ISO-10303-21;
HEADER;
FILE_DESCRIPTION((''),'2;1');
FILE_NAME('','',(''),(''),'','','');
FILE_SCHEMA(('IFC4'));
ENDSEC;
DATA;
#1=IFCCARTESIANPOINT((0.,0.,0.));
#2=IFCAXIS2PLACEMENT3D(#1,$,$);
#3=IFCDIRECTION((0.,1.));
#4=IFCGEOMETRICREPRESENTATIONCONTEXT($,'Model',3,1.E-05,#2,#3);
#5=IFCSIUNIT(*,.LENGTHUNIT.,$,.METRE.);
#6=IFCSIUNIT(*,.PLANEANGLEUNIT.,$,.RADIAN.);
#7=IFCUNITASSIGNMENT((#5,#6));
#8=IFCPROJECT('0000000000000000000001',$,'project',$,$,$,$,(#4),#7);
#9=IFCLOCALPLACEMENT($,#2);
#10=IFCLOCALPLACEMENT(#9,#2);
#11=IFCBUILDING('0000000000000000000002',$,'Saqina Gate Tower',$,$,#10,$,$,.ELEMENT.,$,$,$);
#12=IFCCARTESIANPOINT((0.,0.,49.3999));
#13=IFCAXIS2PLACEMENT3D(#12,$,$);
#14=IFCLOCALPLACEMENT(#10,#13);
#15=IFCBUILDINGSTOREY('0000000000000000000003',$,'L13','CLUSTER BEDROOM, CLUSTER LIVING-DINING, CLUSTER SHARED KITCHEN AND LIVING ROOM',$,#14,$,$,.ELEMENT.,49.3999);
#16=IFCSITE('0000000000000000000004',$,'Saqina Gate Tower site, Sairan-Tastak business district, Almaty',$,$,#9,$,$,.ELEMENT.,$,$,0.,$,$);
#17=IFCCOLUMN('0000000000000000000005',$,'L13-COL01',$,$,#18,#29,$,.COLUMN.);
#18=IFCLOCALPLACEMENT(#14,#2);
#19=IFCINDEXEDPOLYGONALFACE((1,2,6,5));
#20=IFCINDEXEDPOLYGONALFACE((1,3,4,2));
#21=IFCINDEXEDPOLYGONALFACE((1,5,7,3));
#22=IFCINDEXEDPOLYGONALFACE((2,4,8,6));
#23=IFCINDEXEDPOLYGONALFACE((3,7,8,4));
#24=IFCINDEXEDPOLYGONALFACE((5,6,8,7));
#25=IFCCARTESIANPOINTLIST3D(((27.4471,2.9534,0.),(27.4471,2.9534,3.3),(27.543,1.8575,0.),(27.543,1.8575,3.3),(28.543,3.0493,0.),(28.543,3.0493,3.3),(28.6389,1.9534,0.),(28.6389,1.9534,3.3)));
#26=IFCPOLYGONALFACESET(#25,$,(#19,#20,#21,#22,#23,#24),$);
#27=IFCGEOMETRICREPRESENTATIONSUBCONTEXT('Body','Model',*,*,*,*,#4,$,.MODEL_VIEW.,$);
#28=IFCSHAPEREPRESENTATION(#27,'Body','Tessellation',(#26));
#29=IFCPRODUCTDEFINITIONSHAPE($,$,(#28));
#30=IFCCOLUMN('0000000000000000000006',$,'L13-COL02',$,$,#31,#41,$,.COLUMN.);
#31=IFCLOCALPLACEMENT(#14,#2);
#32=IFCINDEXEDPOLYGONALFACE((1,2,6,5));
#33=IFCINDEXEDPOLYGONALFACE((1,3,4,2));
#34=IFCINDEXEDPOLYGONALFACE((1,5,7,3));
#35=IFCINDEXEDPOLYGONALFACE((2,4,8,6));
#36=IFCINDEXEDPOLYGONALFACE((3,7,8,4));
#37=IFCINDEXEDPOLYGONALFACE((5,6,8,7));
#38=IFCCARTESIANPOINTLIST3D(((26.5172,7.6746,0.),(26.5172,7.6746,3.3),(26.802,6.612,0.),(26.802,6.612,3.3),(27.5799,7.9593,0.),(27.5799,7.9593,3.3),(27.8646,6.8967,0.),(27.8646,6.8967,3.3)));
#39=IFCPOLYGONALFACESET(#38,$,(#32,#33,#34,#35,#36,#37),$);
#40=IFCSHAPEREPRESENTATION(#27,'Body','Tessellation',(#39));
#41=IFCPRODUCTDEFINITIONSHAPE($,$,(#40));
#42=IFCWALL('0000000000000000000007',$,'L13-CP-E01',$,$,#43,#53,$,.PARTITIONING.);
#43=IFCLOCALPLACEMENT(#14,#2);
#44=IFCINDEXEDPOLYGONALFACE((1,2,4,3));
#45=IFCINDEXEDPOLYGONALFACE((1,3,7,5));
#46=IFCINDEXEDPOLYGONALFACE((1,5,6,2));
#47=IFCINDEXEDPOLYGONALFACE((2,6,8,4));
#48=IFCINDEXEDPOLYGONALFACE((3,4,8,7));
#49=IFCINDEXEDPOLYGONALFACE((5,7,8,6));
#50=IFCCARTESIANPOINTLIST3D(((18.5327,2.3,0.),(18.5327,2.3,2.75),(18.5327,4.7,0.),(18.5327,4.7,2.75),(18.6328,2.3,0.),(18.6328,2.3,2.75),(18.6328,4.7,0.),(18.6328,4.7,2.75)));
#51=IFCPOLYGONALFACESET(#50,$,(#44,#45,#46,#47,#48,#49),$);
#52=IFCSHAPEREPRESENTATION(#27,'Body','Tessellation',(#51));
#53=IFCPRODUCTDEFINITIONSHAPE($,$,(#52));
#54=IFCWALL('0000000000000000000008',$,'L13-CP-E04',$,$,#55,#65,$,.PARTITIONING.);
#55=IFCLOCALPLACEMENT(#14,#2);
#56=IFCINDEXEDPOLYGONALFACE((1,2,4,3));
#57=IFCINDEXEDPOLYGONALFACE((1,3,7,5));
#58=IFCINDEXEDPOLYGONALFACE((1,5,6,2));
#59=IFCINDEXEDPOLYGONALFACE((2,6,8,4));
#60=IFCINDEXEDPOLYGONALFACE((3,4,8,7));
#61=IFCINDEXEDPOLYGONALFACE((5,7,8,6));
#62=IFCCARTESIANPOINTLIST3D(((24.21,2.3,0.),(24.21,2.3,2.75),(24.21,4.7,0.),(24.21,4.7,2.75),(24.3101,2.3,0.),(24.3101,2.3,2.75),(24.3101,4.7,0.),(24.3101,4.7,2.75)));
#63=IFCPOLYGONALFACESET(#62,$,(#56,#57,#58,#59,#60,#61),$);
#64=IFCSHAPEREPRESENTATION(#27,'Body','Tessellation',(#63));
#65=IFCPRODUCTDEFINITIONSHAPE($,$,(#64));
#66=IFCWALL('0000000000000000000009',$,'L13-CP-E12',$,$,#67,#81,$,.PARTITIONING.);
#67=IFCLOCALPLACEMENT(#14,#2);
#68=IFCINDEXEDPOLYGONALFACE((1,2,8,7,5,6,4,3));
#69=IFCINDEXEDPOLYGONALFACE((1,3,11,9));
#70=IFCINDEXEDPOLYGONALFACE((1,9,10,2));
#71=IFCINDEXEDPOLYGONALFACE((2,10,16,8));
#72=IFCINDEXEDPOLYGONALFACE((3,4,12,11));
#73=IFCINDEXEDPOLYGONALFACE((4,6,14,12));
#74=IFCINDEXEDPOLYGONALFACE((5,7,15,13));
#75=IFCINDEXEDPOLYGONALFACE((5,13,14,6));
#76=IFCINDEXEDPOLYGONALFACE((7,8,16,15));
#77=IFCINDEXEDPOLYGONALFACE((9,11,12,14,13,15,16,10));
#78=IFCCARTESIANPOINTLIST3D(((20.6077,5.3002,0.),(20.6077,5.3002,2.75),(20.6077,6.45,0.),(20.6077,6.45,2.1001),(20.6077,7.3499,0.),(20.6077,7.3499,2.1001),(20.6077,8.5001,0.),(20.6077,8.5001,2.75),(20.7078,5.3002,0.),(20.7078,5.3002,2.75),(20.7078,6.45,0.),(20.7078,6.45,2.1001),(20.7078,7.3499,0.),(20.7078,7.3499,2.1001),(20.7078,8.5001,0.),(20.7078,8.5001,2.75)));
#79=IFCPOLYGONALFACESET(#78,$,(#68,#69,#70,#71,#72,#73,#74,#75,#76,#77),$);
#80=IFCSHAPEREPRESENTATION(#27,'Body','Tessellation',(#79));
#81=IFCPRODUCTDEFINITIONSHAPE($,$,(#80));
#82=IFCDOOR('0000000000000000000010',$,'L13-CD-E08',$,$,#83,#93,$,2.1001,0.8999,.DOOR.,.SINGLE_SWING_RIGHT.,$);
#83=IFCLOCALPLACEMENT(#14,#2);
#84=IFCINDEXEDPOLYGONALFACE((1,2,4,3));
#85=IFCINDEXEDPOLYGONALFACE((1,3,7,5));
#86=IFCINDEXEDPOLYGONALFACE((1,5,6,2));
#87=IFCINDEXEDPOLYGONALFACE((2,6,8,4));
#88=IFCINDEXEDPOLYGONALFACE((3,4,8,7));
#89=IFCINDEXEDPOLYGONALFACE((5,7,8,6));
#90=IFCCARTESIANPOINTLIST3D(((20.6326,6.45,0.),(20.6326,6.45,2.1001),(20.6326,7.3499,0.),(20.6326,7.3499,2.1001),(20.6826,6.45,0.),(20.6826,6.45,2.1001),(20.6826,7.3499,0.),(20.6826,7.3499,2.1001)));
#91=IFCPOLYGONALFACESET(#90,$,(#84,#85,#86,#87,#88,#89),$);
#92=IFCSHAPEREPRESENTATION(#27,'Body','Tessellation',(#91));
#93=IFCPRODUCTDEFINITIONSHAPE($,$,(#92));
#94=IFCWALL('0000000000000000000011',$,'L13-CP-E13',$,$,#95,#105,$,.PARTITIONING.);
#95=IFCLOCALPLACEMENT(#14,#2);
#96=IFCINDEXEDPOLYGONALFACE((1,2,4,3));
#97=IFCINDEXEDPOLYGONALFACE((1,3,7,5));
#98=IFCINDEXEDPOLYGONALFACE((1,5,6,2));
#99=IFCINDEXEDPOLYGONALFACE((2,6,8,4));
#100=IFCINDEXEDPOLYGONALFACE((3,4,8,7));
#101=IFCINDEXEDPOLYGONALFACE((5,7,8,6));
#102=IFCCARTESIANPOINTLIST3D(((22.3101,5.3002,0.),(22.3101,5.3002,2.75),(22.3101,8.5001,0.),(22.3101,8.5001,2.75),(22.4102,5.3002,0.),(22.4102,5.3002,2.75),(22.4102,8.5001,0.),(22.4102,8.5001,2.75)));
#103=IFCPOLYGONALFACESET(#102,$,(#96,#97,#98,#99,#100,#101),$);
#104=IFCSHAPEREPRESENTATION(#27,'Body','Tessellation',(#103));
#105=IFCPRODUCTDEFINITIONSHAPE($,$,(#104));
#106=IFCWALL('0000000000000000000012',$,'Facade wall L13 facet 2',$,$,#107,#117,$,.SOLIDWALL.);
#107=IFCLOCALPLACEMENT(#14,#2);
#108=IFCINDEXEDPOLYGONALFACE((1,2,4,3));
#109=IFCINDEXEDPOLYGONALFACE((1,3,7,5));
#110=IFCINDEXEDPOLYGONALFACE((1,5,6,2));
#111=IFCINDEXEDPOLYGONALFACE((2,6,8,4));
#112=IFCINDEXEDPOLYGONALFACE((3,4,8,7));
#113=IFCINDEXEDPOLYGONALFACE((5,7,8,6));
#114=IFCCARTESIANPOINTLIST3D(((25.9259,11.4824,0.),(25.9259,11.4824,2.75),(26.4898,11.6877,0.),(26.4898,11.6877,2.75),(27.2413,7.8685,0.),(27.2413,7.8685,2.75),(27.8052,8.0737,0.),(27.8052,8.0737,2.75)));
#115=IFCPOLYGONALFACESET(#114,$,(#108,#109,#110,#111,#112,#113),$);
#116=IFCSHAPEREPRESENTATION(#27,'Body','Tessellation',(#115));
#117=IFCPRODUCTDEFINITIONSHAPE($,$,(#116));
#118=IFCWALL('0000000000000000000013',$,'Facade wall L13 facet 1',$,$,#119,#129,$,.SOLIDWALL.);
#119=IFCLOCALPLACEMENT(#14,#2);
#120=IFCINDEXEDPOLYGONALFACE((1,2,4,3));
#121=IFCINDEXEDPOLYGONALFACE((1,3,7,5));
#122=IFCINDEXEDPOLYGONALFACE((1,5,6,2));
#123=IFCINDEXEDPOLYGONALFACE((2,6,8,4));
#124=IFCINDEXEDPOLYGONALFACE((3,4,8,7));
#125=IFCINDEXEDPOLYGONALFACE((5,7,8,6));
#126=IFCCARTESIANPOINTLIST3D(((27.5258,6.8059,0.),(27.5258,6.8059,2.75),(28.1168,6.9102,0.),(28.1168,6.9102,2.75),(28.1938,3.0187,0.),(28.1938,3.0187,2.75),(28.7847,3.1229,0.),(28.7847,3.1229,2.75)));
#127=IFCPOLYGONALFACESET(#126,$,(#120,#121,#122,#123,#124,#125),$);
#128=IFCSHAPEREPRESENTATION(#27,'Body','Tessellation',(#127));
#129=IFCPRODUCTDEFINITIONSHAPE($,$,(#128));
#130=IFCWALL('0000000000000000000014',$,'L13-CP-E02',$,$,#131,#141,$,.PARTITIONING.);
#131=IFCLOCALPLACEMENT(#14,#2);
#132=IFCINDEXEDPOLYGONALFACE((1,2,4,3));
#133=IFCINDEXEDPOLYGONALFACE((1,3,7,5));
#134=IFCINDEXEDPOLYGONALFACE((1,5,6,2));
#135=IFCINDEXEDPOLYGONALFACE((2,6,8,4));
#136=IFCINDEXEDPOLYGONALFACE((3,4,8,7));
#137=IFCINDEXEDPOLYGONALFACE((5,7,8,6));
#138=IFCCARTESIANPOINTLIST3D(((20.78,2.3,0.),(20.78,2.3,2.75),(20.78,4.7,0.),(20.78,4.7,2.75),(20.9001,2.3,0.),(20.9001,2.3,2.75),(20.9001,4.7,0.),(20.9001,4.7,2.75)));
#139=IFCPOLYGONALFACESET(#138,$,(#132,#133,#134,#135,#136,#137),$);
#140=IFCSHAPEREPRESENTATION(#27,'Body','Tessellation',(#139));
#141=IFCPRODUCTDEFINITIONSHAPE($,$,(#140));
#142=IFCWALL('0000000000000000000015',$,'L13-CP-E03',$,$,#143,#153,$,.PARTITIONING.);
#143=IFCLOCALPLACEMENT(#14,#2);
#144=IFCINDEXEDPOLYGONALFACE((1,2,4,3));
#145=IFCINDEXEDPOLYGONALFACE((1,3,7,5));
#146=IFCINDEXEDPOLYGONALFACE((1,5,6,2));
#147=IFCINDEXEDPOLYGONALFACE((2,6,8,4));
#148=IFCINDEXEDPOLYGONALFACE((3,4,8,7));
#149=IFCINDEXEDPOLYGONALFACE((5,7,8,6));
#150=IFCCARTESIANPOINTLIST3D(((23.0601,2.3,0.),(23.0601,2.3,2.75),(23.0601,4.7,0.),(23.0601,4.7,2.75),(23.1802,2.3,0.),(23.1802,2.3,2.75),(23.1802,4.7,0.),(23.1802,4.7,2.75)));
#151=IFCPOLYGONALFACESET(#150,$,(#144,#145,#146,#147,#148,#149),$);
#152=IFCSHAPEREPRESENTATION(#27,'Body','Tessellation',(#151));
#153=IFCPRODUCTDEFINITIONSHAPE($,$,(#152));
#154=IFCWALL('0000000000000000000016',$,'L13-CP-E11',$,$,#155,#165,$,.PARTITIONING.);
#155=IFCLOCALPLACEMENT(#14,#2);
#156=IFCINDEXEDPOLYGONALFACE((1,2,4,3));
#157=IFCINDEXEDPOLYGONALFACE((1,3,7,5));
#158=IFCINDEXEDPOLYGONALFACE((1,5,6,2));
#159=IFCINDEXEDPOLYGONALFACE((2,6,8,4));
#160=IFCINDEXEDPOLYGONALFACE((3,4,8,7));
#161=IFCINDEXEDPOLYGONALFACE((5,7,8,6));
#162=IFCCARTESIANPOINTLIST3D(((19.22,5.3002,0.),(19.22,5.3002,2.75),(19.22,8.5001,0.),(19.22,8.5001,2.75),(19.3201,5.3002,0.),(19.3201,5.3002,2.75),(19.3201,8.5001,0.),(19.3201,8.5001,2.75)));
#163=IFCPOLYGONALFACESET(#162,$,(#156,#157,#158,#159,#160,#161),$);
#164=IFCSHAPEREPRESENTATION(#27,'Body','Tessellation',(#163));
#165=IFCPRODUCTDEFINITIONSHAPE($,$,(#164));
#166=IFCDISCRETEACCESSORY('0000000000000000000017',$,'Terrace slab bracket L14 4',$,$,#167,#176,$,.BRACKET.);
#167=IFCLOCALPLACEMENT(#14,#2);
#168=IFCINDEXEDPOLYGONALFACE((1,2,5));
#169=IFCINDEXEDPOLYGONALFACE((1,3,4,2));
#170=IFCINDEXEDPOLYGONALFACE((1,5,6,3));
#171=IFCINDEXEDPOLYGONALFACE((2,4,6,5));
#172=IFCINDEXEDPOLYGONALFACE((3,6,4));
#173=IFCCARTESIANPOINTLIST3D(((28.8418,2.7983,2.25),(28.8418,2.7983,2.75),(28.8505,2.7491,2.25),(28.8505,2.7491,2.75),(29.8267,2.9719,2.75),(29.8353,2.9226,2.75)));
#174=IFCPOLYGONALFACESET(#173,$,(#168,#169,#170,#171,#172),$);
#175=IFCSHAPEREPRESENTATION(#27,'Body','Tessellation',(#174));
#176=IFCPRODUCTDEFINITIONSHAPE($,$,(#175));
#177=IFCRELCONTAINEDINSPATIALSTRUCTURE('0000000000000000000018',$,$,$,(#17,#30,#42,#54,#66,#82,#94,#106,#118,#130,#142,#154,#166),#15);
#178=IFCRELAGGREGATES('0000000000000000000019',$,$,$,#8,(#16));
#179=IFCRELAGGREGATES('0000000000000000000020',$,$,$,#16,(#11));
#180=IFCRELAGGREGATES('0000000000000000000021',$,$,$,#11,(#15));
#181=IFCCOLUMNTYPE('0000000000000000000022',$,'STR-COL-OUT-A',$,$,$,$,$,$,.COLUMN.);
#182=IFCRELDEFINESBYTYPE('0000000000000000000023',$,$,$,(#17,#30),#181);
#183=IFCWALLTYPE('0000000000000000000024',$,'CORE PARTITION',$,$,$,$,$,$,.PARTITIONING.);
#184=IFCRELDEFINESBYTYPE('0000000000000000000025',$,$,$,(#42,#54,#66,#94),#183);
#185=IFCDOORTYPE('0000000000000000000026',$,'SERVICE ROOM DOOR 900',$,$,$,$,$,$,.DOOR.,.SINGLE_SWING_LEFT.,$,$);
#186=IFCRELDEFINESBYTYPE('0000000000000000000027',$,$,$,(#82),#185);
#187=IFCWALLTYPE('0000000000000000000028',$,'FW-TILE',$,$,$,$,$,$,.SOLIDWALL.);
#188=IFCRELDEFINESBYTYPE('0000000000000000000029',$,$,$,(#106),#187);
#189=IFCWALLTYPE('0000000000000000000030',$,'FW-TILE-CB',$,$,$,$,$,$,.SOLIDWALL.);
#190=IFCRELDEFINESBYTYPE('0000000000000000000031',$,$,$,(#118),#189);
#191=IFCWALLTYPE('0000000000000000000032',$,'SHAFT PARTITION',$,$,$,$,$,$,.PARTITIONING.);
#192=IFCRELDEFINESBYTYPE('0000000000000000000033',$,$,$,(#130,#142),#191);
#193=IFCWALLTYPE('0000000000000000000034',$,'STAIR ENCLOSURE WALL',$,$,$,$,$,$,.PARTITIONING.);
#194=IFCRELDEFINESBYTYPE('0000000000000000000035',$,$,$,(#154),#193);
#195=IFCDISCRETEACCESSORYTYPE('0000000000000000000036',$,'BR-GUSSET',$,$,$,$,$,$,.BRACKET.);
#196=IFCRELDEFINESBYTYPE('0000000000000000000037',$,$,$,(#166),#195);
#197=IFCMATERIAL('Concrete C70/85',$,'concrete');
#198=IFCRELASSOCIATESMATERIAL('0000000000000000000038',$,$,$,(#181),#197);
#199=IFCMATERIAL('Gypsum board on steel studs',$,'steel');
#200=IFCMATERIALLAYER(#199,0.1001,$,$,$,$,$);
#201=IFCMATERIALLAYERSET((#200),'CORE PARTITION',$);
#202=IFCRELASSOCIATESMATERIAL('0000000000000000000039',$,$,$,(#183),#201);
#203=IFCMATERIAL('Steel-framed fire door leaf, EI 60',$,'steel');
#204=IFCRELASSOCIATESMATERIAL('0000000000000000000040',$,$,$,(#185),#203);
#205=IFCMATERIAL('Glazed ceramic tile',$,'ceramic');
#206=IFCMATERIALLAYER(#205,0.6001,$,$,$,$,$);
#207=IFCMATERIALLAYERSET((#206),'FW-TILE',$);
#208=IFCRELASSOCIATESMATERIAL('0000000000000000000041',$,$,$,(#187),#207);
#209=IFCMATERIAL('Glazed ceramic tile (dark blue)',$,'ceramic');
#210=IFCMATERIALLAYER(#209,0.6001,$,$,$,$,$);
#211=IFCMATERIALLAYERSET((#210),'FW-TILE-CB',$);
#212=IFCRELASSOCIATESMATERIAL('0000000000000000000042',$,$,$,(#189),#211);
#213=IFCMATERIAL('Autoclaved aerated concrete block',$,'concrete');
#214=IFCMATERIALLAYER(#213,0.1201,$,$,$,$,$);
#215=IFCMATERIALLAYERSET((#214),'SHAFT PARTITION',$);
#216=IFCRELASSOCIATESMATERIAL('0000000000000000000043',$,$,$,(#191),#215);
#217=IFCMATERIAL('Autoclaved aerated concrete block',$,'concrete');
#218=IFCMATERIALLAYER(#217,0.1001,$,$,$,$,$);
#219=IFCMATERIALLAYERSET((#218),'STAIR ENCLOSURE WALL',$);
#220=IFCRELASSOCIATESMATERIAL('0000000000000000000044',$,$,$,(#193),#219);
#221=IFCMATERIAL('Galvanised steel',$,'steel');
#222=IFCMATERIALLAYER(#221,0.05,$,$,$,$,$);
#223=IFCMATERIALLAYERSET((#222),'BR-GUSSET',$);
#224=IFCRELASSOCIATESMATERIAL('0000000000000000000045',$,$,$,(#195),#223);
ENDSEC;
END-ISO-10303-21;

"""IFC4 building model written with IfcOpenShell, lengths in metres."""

from ifc_helpers import new_model, si_unit, direction, frame, frame_2d, origin, origin_2d, place, context, subcontext, project, spatial, polyline, rectangle, outline, extrude, material, layer, layer_set, material_profile, profile_set, type_object, element, fill, save


model = new_model("IFC4")

# Units and contexts
model_context = context("Model", 3, precision=1e-05, world=origin(), true_north=direction((0.0, 1.0)))
body_context = subcontext(model_context, "Body", "Model", "MODEL_VIEW")
ifc_project = project(units=[si_unit("LENGTHUNIT", "METRE"), si_unit("PLANEANGLEUNIT", "RADIAN")], contexts=[model_context])

# Site, building, storey
site_placement = place(None, origin())
site = spatial("IfcSite", under=ifc_project, at=site_placement, Name="Saqina Gate Tower site, Sairan-Tastak business district, Almaty", CompositionType="ELEMENT", RefElevation=0.0)
building_placement = place(site_placement, origin())
building = spatial("IfcBuilding", under=site, at=building_placement, Name="Saqina Gate Tower", CompositionType="ELEMENT")
storey_placement = place(building_placement, frame((0.0, 0.0, 49.3999)))
storey = spatial("IfcBuildingStorey", under=building, at=storey_placement, Name="L13", Description="CLUSTER BEDROOM, CLUSTER LIVING-DINING, CLUSTER SHARED KITCHEN AND LIVING ROOM", CompositionType="ELEMENT", Elevation=49.3999)

# Columns
ifc_material_1 = material(Name="Concrete C70/85", Category="concrete")
ifc_material_profile = material_profile(ifc_material_1, rectangle(XDim=1.1001, YDim=1.1001, at=origin_2d()), Name="RC 1100x1100")
ifc_profile_set = profile_set([ifc_material_profile], Name="Concrete C70/85")
column_type = type_object("IfcColumnType", Name="STR-COL-OUT-A", PredefinedType="COLUMN", material=ifc_profile_set)
for number, where, z_axis, x_axis, name in (
    (1, (28.043, 2.4534, 0.0), (0.0, 0.0, 1.0), (0.996195, 0.087156, 0.0), "L13-COL01"),
    (2, (27.1909, 7.2856, 0.0), (0.0, 0.0, 1.0), (0.965926, 0.258819, 0.0), "L13-COL02"),
):
    element("IfcColumn", number, at=place(storey_placement, frame(where, z_axis=z_axis, x_axis=x_axis)), inside=storey, type_object=column_type, Name=name, PredefinedType="COLUMN", context=body_context, shape_type="SweptSolid", body=[
        extrude(rectangle(XDim=1.1001, YDim=1.1001, at=origin_2d()), origin(), (0.0, 0.0, 1.0), 3.3),
    ])

# Walls
ifc_material_2 = material(Name="Gypsum board on steel studs", Category="steel")
ifc_layer_1 = layer(ifc_material_2, 0.1001)
ifc_layer_set_1 = layer_set([ifc_layer_1], Name="CORE PARTITION")
wall_type_1 = type_object("IfcWallType", Name="CORE PARTITION", PredefinedType="PARTITIONING", material=ifc_layer_set_1)
for number, where, z_axis, x_axis, name in (
    (3, (18.5828, 2.3, 0.0), (0.0, 0.0, 1.0), (0.0, 1.0, 0.0), "L13-CP-E01"),
    (4, (24.26, 2.3, 0.0), (0.0, 0.0, 1.0), (0.0, 1.0, 0.0), "L13-CP-E04"),
):
    element("IfcWall", number, at=place(storey_placement, frame(where, z_axis=z_axis, x_axis=x_axis)), inside=storey, type_object=wall_type_1, Name=name, PredefinedType="PARTITIONING", context=body_context, shape_type="SweptSolid", body=[
        extrude(rectangle(XDim=2.3999, YDim=0.1001, at=frame_2d((1.2, 0.0))), origin(), (0.0, 0.0, 1.0), 2.75),
    ])

# Wall, opening, door
wall_1_placement = place(storey_placement, frame((20.6577, 5.3, 0.0), z_axis=(0.0, 0.0, 1.0), x_axis=(0.0, 1.0, 0.0)))
wall_1 = element("IfcWall", 5, at=wall_1_placement, inside=storey, type_object=wall_type_1, Name="L13-CP-E12", PredefinedType="PARTITIONING", context=body_context, shape_type="SweptSolid", body=[
    extrude(rectangle(XDim=3.2, YDim=0.1001, at=frame_2d((1.6001, 0.0))), origin(), (0.0, 0.0, 1.0), 2.75),
])
opening_placement = place(wall_1_placement, frame((1.1499, 0.0, 0.0)))
opening = element("IfcOpeningElement", 6, at=opening_placement, cuts=wall_1, PredefinedType="OPENING", context=body_context, shape_type="SweptSolid", body=[
    extrude(rectangle(XDim=0.8999, YDim=2.1001, at=frame_2d((0.45, 1.05))), frame((0.0, 0.062, 0.0), z_axis=(0.0, -1.0, 0.0), x_axis=(1.0, 0.0, 0.0)), (0.0, 0.0, 1.0), 0.124),
])
ifc_material_3 = material(Name="Steel-framed fire door leaf, EI 60", Category="steel")
door_type = type_object("IfcDoorType", Name="SERVICE ROOM DOOR 900", OperationType="SINGLE_SWING_LEFT", PredefinedType="DOOR", material=ifc_material_3)
door_placement = place(opening_placement, frame((0.8999, 0.0, 0.0), z_axis=(0.0, 0.0, 1.0), x_axis=(-1.0, 0.0, 0.0)))
door = element("IfcDoor", 7, at=door_placement, inside=storey, type_object=door_type, Name="L13-CD-E08", OperationType="SINGLE_SWING_RIGHT", OverallHeight=2.1001, OverallWidth=0.8999, PredefinedType="DOOR", context=body_context, shape_type="SweptSolid", body=[
    extrude(rectangle(XDim=0.8999, YDim=2.1001, at=frame_2d((0.45, 1.05))), frame((0.0, 0.0249, 0.0), z_axis=(0.0, -1.0, 0.0), x_axis=(1.0, 0.0, 0.0)), (0.0, 0.0, 1.0), 0.05),
])
fill(opening, door)

# Walls
wall_2_placement = place(storey_placement, frame((22.3601, 5.3, 0.0), z_axis=(0.0, 0.0, 1.0), x_axis=(0.0, 1.0, 0.0)))
element("IfcWall", 8, at=wall_2_placement, inside=storey, type_object=wall_type_1, Name="L13-CP-E13", PredefinedType="PARTITIONING", context=body_context, shape_type="SweptSolid", body=[
    extrude(rectangle(XDim=3.2, YDim=0.1001, at=frame_2d((1.6001, 0.0))), origin(), (0.0, 0.0, 1.0), 2.75),
])
ifc_material_4 = material(Name="Glazed ceramic tile", Category="ceramic")
ifc_layer_2 = layer(ifc_material_4, 0.6001)
ifc_layer_set_2 = layer_set([ifc_layer_2], Name="FW-TILE")
wall_type_2 = type_object("IfcWallType", Name="FW-TILE", PredefinedType="SOLIDWALL", material=ifc_layer_set_2)
wall_3_placement = place(storey_placement, frame((27.5232, 7.9712, 0.0), z_axis=(0.0, 0.0, 1.0), x_axis=(-0.342028, 0.93969, 0.0)))
element("IfcWall", 9, at=wall_3_placement, inside=storey, type_object=wall_type_2, Name="Facade wall L13 facet 2", PredefinedType="SOLIDWALL", context=body_context, shape_type="SweptSolid", body=[
    extrude(rectangle(XDim=3.8459, YDim=0.6001, at=frame_2d((1.9229, 0.0))), origin(), (0.0, 0.0, 1.0), 2.75),
])
ifc_material_5 = material(Name="Glazed ceramic tile (dark blue)", Category="ceramic")
ifc_layer_3 = layer(ifc_material_5, 0.6001)
ifc_layer_set_3 = layer_set([ifc_layer_3], Name="FW-TILE-CB")
wall_type_3 = type_object("IfcWallType", Name="FW-TILE-CB", PredefinedType="SOLIDWALL", material=ifc_layer_set_3)
wall_4_placement = place(storey_placement, frame((28.4893, 3.0708, 0.0), z_axis=(0.0, 0.0, 1.0), x_axis=(-0.173688, 0.984801, 0.0)))
element("IfcWall", 10, at=wall_4_placement, inside=storey, type_object=wall_type_3, Name="Facade wall L13 facet 1", PredefinedType="SOLIDWALL", context=body_context, shape_type="SweptSolid", body=[
    extrude(rectangle(XDim=3.8457, YDim=0.6001, at=frame_2d((1.9229, 0.0))), origin(), (0.0, 0.0, 1.0), 2.75),
])
ifc_material_6 = material(Name="Autoclaved aerated concrete block", Category="concrete")
ifc_layer_4 = layer(ifc_material_6, 0.1201)
ifc_layer_set_4 = layer_set([ifc_layer_4], Name="SHAFT PARTITION")
wall_type_4 = type_object("IfcWallType", Name="SHAFT PARTITION", PredefinedType="PARTITIONING", material=ifc_layer_set_4)
for number, where, z_axis, x_axis, name in (
    (11, (20.8401, 2.3, 0.0), (0.0, 0.0, 1.0), (0.0, 1.0, 0.0), "L13-CP-E02"),
    (12, (23.1201, 2.3, 0.0), (0.0, 0.0, 1.0), (0.0, 1.0, 0.0), "L13-CP-E03"),
):
    element("IfcWall", number, at=place(storey_placement, frame(where, z_axis=z_axis, x_axis=x_axis)), inside=storey, type_object=wall_type_4, Name=name, PredefinedType="PARTITIONING", context=body_context, shape_type="SweptSolid", body=[
        extrude(rectangle(XDim=2.3999, YDim=0.1201, at=frame_2d((1.2, 0.0))), origin(), (0.0, 0.0, 1.0), 2.75),
    ])
ifc_material_7 = material(Name="Autoclaved aerated concrete block", Category="concrete")
ifc_layer_5 = layer(ifc_material_7, 0.1001)
ifc_layer_set_5 = layer_set([ifc_layer_5], Name="STAIR ENCLOSURE WALL")
wall_type_5 = type_object("IfcWallType", Name="STAIR ENCLOSURE WALL", PredefinedType="PARTITIONING", material=ifc_layer_set_5)
wall_5_placement = place(storey_placement, frame((19.27, 5.3, 0.0), z_axis=(0.0, 0.0, 1.0), x_axis=(0.0, 1.0, 0.0)))
element("IfcWall", 13, at=wall_5_placement, inside=storey, type_object=wall_type_5, Name="L13-CP-E11", PredefinedType="PARTITIONING", context=body_context, shape_type="SweptSolid", body=[
    extrude(rectangle(XDim=3.2, YDim=0.1001, at=frame_2d((1.6001, 0.0))), origin(), (0.0, 0.0, 1.0), 2.75),
])

# Discrete accessory
ifc_material_8 = material(Name="Galvanised steel", Category="steel")
ifc_layer_6 = layer(ifc_material_8, 0.05)
ifc_layer_set_6 = layer_set([ifc_layer_6], Name="BR-GUSSET")
discrete_accessory_type = type_object("IfcDiscreteAccessoryType", Name="BR-GUSSET", PredefinedType="BRACKET", material=ifc_layer_set_6)
discrete_accessory_1_placement = place(storey_placement, frame((28.8418, 2.7983, 2.25), z_axis=(-0.173576, 0.98482, 0.0), x_axis=(0.0, 0.0, 1.0)))
element("IfcDiscreteAccessory", 14, at=discrete_accessory_1_placement, inside=storey, type_object=discrete_accessory_type, Name="Terrace slab bracket L14 4", PredefinedType="BRACKET", context=body_context, shape_type="SweptSolid", body=[
    extrude(outline(polyline([(0.0, 0.0), (0.5, 0.0), (0.5, 1.0), (0.0, 0.0)])), origin(), (0.0, 0.0, -1.0), 0.05),
])

save(model, "model.ifc")
